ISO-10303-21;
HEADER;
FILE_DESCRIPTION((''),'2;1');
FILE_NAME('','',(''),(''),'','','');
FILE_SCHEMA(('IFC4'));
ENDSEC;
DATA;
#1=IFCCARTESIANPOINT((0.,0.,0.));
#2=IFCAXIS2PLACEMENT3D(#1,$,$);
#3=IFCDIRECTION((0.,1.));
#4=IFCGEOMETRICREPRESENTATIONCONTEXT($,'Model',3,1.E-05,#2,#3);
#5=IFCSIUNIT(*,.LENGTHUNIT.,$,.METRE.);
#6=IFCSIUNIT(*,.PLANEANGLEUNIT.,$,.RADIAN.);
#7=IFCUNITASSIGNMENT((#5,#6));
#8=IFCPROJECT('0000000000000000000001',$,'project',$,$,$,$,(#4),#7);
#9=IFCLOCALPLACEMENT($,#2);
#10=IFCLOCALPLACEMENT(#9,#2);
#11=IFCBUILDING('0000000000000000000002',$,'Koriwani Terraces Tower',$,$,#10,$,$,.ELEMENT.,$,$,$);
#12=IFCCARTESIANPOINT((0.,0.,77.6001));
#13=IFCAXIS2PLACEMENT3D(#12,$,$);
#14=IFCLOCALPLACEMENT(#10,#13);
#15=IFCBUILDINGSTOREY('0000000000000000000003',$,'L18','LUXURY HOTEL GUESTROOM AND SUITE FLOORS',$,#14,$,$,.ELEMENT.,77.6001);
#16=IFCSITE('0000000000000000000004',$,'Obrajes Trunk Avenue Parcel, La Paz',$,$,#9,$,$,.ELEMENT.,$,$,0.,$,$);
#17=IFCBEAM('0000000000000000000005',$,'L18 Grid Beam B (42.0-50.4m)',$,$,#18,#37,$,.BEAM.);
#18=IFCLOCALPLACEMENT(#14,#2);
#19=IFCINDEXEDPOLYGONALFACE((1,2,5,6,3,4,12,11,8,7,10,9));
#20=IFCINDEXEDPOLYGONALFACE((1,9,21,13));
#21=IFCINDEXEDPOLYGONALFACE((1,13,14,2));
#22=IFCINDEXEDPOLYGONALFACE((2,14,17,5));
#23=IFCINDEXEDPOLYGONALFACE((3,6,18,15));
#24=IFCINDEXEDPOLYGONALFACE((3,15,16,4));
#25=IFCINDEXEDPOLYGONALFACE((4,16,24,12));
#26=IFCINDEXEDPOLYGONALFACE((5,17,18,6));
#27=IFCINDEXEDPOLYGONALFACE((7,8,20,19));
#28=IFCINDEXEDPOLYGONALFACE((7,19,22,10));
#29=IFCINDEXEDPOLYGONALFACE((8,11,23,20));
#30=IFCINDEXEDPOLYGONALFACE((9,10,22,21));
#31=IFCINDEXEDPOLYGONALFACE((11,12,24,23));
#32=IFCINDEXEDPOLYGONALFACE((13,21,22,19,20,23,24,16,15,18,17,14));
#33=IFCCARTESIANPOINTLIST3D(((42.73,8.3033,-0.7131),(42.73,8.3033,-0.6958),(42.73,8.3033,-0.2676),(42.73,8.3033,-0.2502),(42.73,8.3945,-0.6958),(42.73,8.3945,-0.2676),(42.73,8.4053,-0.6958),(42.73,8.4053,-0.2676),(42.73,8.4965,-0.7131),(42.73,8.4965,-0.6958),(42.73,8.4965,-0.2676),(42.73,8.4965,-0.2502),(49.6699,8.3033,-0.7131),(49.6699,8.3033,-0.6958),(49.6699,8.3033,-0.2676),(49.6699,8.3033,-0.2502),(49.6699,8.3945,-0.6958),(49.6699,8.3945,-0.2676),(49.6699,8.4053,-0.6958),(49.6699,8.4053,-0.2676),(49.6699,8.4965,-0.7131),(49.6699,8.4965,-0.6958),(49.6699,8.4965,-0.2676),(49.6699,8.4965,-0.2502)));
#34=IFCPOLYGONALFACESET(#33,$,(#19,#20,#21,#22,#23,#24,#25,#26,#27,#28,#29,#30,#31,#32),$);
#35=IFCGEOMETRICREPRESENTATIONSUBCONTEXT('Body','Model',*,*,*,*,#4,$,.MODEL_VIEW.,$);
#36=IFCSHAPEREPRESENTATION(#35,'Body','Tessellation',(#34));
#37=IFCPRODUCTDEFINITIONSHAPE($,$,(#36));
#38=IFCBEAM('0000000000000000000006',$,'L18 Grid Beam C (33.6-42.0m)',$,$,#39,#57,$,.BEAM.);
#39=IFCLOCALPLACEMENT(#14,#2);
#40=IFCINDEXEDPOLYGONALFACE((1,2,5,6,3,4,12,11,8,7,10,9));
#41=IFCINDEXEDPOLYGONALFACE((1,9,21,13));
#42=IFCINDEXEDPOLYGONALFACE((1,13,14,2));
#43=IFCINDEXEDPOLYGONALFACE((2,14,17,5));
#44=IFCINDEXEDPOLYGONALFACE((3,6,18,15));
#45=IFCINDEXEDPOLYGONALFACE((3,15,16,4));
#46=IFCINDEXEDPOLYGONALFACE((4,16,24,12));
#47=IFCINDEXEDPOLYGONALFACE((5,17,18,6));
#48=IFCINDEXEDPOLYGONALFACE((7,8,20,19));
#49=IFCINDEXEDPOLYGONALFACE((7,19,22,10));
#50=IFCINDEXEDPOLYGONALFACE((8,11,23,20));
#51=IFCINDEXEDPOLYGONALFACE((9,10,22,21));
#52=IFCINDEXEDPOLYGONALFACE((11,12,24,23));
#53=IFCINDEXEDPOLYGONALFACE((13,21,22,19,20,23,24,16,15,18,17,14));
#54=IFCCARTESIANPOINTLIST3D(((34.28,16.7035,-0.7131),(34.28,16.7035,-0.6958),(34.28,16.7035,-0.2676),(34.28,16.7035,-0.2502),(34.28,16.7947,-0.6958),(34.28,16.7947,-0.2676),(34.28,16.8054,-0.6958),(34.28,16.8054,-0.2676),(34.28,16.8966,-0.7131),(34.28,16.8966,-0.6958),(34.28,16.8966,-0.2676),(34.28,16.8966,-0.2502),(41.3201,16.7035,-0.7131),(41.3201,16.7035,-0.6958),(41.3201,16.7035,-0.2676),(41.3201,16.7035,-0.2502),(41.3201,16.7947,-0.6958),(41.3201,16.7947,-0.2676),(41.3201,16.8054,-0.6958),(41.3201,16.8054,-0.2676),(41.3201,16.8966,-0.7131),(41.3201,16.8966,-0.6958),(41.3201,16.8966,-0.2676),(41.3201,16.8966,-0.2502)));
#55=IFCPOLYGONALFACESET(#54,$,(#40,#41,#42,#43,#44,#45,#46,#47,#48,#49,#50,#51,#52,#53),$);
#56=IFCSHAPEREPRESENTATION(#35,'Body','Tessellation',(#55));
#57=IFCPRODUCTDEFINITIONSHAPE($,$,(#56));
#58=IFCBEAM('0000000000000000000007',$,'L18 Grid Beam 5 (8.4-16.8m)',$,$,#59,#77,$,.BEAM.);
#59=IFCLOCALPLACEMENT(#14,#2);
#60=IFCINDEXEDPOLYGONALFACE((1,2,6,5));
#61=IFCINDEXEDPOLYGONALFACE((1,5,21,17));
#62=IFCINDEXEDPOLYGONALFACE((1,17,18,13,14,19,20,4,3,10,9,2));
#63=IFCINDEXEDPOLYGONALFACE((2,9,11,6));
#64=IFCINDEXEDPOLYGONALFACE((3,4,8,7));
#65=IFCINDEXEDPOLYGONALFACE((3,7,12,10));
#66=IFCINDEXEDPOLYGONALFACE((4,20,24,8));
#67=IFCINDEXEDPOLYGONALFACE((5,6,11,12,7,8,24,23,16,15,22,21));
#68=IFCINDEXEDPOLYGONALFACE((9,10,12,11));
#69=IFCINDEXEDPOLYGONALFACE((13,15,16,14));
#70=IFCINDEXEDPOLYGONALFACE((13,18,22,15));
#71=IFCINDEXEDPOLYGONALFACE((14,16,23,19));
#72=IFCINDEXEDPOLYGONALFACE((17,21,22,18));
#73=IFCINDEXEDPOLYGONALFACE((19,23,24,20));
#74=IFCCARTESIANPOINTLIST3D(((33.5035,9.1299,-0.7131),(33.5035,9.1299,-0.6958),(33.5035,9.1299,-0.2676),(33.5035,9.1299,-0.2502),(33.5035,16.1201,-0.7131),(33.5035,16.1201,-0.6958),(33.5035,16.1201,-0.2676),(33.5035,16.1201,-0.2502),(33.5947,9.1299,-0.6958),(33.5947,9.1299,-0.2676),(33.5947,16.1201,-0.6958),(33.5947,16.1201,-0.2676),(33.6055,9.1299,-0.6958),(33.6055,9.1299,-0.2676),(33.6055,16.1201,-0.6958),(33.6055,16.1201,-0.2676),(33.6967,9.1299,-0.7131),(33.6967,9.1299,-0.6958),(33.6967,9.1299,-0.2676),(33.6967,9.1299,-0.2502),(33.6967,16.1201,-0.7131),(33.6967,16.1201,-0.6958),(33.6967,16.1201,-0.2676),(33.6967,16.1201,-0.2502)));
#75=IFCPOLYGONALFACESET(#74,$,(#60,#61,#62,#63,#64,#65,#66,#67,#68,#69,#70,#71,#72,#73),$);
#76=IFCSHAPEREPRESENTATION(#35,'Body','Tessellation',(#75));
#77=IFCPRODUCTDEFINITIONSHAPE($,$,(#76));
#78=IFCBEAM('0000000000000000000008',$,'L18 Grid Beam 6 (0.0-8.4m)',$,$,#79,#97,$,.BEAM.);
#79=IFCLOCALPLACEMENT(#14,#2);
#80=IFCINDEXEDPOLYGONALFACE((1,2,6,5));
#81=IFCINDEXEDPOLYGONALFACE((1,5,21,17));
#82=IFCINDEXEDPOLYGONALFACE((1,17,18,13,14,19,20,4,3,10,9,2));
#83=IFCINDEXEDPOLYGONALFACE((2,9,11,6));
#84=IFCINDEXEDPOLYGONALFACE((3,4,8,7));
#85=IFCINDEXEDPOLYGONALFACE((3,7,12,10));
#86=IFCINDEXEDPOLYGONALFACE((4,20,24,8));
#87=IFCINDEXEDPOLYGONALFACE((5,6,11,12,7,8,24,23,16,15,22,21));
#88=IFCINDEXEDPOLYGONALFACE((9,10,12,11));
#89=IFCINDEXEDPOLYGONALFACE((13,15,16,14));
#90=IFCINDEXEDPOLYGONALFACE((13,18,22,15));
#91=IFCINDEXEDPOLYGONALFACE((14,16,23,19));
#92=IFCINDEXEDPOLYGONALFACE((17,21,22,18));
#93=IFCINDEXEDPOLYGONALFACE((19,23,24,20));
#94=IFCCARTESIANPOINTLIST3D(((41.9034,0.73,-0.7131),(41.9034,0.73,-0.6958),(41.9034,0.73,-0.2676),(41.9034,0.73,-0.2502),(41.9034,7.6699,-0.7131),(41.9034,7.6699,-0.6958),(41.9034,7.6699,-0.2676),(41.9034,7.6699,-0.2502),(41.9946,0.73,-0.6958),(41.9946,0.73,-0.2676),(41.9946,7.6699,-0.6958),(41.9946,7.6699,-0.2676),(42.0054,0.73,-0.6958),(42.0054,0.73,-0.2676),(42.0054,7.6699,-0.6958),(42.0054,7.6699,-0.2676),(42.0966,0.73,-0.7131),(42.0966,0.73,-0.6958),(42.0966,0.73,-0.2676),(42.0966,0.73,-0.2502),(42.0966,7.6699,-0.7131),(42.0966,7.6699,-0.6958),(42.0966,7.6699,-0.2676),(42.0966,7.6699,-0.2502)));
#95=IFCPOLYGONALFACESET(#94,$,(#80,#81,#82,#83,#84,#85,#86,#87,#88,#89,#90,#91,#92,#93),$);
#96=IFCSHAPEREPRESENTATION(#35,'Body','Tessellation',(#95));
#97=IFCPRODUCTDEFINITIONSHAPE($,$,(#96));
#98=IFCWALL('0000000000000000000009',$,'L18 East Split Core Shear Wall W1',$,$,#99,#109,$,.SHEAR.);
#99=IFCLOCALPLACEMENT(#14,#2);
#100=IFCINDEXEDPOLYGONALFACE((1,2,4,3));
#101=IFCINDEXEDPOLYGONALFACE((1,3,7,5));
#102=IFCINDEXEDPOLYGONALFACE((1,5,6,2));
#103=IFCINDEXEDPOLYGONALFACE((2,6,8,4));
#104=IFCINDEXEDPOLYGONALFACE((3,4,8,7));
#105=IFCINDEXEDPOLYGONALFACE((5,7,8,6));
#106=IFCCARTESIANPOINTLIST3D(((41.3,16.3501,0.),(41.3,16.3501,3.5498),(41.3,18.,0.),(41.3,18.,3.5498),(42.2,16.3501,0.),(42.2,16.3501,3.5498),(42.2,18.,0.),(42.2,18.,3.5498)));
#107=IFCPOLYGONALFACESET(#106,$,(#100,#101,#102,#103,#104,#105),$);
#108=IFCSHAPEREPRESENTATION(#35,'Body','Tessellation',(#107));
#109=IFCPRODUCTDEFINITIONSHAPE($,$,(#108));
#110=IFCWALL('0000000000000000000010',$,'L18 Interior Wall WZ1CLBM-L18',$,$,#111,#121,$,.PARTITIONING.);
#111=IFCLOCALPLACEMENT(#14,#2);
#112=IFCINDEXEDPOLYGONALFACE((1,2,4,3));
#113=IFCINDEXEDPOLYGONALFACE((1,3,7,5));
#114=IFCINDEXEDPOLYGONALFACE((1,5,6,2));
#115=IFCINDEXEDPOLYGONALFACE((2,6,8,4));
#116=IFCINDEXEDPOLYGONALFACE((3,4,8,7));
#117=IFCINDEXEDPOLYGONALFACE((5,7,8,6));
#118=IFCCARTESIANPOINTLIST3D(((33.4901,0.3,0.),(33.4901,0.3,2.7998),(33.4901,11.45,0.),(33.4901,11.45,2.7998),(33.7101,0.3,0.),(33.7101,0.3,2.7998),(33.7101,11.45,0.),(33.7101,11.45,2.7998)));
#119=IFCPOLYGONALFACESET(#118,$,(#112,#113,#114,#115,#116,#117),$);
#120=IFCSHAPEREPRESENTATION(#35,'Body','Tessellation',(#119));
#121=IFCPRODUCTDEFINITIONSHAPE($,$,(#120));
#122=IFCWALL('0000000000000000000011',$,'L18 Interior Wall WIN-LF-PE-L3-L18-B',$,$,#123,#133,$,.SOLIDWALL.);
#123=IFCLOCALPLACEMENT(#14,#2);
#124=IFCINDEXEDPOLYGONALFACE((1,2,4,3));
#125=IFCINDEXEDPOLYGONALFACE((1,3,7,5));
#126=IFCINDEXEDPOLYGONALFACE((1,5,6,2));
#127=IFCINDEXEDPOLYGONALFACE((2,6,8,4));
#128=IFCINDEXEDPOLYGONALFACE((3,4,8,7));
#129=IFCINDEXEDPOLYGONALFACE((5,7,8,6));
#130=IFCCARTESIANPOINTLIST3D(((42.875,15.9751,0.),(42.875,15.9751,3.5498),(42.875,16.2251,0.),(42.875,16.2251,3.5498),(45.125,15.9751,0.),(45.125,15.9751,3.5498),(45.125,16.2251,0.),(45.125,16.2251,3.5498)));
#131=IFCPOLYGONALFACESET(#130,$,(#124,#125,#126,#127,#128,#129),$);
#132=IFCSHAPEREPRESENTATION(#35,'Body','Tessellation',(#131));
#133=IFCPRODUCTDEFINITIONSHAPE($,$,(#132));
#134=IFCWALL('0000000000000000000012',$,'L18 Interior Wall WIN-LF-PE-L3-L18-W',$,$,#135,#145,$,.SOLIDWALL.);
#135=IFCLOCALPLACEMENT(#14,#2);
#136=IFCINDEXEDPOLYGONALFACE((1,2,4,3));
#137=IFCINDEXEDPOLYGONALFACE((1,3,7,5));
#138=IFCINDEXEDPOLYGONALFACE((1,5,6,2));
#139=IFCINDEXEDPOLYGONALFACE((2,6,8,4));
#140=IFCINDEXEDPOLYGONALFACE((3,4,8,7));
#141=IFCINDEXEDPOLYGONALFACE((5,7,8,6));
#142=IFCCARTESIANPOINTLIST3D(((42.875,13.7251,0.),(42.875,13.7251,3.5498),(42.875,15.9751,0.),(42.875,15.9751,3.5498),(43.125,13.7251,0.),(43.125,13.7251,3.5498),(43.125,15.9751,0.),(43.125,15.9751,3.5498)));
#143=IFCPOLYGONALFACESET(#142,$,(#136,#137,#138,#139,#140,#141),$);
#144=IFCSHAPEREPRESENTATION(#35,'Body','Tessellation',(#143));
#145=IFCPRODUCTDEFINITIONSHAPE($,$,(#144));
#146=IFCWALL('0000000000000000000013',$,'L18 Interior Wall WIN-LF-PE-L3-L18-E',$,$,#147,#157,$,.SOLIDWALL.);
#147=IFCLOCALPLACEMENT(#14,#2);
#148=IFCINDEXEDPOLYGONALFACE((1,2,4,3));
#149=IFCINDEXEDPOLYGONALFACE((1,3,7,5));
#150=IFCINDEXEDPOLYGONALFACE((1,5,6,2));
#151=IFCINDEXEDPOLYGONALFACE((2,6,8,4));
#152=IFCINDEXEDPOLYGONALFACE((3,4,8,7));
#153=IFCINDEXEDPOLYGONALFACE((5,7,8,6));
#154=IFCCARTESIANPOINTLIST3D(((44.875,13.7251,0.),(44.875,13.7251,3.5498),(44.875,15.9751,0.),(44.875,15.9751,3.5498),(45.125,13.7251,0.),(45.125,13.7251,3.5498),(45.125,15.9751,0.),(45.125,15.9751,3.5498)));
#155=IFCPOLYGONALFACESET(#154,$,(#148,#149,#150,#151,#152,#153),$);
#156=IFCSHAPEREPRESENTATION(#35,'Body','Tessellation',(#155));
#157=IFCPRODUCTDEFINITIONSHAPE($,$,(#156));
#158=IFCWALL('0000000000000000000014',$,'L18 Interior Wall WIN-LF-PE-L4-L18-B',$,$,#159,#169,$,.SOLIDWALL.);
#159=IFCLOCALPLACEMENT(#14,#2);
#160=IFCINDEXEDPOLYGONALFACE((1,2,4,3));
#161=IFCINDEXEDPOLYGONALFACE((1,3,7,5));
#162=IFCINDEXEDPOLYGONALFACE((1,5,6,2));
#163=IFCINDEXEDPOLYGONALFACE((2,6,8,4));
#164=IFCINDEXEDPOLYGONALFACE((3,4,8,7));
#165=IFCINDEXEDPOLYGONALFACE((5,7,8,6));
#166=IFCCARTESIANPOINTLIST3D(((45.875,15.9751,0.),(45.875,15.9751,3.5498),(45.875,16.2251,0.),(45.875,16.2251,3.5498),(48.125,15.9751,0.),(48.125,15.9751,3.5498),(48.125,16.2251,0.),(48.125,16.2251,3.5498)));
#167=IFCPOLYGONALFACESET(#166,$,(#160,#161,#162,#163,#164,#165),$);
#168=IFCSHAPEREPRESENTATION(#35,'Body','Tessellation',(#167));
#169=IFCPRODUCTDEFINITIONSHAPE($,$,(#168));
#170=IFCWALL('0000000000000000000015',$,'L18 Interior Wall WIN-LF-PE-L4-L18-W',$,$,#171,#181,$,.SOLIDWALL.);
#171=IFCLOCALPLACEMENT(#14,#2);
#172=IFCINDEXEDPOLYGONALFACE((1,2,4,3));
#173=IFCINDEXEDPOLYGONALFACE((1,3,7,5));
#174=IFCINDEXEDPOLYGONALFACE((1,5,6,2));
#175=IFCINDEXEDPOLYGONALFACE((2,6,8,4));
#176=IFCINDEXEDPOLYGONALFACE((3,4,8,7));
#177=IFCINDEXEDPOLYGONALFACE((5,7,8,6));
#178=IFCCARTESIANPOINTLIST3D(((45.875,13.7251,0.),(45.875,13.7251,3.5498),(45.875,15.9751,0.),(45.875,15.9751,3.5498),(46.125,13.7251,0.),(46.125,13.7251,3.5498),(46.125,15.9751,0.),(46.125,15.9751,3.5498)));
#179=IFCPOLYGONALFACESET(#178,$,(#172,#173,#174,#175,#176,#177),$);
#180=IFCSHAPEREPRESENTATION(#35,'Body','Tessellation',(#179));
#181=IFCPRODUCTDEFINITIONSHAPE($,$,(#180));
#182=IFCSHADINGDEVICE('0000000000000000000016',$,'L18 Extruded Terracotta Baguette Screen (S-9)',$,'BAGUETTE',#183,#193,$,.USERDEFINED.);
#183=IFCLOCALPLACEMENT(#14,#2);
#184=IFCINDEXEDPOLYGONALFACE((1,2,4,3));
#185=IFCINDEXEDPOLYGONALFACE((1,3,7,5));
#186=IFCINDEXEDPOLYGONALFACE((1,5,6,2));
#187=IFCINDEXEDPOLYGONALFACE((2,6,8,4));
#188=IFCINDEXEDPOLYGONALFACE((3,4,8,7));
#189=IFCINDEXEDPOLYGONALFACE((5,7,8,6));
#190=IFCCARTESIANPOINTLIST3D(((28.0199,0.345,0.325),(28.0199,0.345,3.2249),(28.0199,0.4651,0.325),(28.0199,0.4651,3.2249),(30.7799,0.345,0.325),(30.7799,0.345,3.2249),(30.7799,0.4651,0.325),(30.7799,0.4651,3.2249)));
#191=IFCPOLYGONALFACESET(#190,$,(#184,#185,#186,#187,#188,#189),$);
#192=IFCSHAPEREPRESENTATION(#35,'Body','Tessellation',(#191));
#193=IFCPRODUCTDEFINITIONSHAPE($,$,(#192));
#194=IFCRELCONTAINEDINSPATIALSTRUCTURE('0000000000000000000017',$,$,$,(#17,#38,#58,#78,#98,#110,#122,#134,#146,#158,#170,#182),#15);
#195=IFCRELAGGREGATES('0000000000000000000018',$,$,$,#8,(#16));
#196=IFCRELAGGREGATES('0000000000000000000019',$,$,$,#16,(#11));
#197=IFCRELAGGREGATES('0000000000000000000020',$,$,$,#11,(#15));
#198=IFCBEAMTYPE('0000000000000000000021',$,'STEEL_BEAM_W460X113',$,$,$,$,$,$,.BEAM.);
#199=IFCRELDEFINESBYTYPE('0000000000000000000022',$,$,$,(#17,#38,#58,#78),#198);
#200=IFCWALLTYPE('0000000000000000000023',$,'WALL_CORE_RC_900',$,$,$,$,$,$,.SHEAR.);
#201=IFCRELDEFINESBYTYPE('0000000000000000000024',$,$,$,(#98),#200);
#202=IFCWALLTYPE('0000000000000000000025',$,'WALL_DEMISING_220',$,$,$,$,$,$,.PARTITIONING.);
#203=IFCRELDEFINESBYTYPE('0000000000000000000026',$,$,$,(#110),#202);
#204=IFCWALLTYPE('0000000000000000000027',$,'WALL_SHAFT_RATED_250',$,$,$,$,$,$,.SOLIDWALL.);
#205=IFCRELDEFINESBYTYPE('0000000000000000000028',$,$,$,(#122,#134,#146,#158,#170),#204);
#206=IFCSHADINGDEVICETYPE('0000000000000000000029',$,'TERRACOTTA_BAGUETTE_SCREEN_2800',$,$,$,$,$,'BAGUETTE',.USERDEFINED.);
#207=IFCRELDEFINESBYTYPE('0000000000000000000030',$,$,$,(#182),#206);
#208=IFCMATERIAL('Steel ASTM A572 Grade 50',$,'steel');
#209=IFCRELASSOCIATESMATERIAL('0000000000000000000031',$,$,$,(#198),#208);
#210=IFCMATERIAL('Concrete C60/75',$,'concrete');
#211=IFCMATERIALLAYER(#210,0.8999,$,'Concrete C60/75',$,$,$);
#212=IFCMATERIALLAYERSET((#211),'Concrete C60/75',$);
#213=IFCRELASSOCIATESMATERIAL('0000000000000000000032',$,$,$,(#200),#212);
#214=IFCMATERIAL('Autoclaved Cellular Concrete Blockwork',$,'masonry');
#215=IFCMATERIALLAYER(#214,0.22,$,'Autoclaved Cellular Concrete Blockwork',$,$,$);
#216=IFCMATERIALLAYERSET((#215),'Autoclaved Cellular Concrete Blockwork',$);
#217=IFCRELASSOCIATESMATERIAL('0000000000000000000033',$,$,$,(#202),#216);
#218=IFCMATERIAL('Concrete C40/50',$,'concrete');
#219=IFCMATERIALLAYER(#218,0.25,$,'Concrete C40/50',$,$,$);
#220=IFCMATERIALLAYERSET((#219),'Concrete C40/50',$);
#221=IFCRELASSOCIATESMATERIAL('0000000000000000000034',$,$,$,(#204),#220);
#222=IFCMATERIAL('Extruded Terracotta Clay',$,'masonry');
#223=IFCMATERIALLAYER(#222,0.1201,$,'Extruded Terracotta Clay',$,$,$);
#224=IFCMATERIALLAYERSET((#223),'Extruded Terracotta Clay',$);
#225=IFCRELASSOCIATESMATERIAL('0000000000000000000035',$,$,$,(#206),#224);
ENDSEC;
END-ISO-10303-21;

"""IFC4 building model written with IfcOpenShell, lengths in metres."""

from ifc_helpers import new_model, si_unit, direction, frame, frame_2d, origin, origin_2d, place, context, subcontext, project, spatial, rectangle, i_section, extrude, material, layer, layer_set, material_profile, profile_set, type_object, element, save


model = new_model("IFC4")

# Units and contexts
model_context = context("Model", 3, precision=1e-05, world=origin(), true_north=direction((0.0, 1.0)))
body_context = subcontext(model_context, "Body", "Model", "MODEL_VIEW")
ifc_project = project(units=[si_unit("LENGTHUNIT", "METRE"), si_unit("PLANEANGLEUNIT", "RADIAN")], contexts=[model_context])

# Site, building, storey
site_placement = place(None, origin())
site = spatial("IfcSite", under=ifc_project, at=site_placement, Name="Obrajes Trunk Avenue Parcel, La Paz", CompositionType="ELEMENT", RefElevation=0.0)
building_placement = place(site_placement, origin())
building = spatial("IfcBuilding", under=site, at=building_placement, Name="Koriwani Terraces Tower", CompositionType="ELEMENT")
storey_placement = place(building_placement, frame((0.0, 0.0, 77.6001)))
storey = spatial("IfcBuildingStorey", under=building, at=storey_placement, Name="L18", Description="LUXURY HOTEL GUESTROOM AND SUITE FLOORS", CompositionType="ELEMENT", Elevation=77.6001)

# Shared definitions
ifc_material_1 = material(Name="Concrete C60/75", Category="concrete")

# Beams
ifc_material_2 = material(Name="Concrete C40/50", Category="concrete")
ifc_material_3 = material(Name="Steel ASTM A572 Grade 50", Category="steel")
ifc_material_profile_1 = material_profile(ifc_material_3, i_section(OverallWidth=0.1931, OverallDepth=0.4629, WebThickness=0.0107, FlangeThickness=0.0173, at=origin_2d()), Name="Steel ASTM A572 Grade 50", Category="LoadBearing")
ifc_profile_set_1 = profile_set([ifc_material_profile_1], Name="Steel ASTM A572 Grade 50")
beam_type_1 = type_object("IfcBeamType", Name="STEEL_BEAM_W460X113", PredefinedType="BEAM", material=ifc_profile_set_1)
beam_1_placement = place(storey_placement, frame((42.73, 8.3999, -0.4817), z_axis=(1.0, 0.0, 0.0), x_axis=(0.0, 1.0, 0.0)))
element("IfcBeam", 1, at=beam_1_placement, inside=storey, type_object=beam_type_1, Name="L18 Grid Beam B (42.0-50.4m)", PredefinedType="BEAM", context=body_context, shape_type="SweptSolid", body=[
    extrude(i_section(OverallWidth=0.1931, OverallDepth=0.4629, WebThickness=0.0107, FlangeThickness=0.0173, at=origin_2d()), origin(), (0.0, 0.0, 1.0), 6.9399),
])
beam_2_placement = place(storey_placement, frame((34.28, 16.8, -0.4817), z_axis=(1.0, 0.0, 0.0), x_axis=(0.0, 1.0, 0.0)))
element("IfcBeam", 2, at=beam_2_placement, inside=storey, type_object=beam_type_1, Name="L18 Grid Beam C (33.6-42.0m)", PredefinedType="BEAM", context=body_context, shape_type="SweptSolid", body=[
    extrude(i_section(OverallWidth=0.1931, OverallDepth=0.4629, WebThickness=0.0107, FlangeThickness=0.0173, at=origin_2d()), origin(), (0.0, 0.0, 1.0), 7.04),
])
beam_3_placement = place(storey_placement, frame((33.6001, 9.1299, -0.4817), z_axis=(0.0, 1.0, 0.0), x_axis=(-1.0, 0.0, 0.0)))
element("IfcBeam", 3, at=beam_3_placement, inside=storey, type_object=beam_type_1, Name="L18 Grid Beam 5 (8.4-16.8m)", PredefinedType="BEAM", context=body_context, shape_type="SweptSolid", body=[
    extrude(i_section(OverallWidth=0.1931, OverallDepth=0.4629, WebThickness=0.0107, FlangeThickness=0.0173, at=origin_2d()), origin(), (0.0, 0.0, 1.0), 6.9902),
])
beam_4_placement = place(storey_placement, frame((42.0, 0.73, -0.4817), z_axis=(0.0, 1.0, 0.0), x_axis=(-1.0, 0.0, 0.0)))
element("IfcBeam", 4, at=beam_4_placement, inside=storey, type_object=beam_type_1, Name="L18 Grid Beam 6 (0.0-8.4m)", PredefinedType="BEAM", context=body_context, shape_type="SweptSolid", body=[
    extrude(i_section(OverallWidth=0.1931, OverallDepth=0.4629, WebThickness=0.0107, FlangeThickness=0.0173, at=origin_2d()), origin(), (0.0, 0.0, 1.0), 6.9399),
])

# Walls
ifc_layer_1 = layer(ifc_material_1, 0.8999, Name="Concrete C60/75")
ifc_layer_set_1 = layer_set([ifc_layer_1], Name="Concrete C60/75")
wall_type_1 = type_object("IfcWallType", Name="WALL_CORE_RC_900", PredefinedType="SHEAR", material=ifc_layer_set_1)
wall_1_placement = place(storey_placement, frame((41.75, 16.3501, 0.0), z_axis=(0.0, 0.0, 1.0), x_axis=(0.0, 1.0, 0.0)))
element("IfcWall", 5, at=wall_1_placement, inside=storey, type_object=wall_type_1, Name="L18 East Split Core Shear Wall W1", PredefinedType="SHEAR", context=body_context, shape_type="SweptSolid", body=[
    extrude(rectangle(XDim=1.6499, YDim=0.8999, at=frame_2d((0.825, 0.0))), origin(), (0.0, 0.0, 1.0), 3.5498),
])
ifc_material_4 = material(Name="Autoclaved Cellular Concrete Blockwork", Category="masonry")
ifc_layer_2 = layer(ifc_material_4, 0.22, Name="Autoclaved Cellular Concrete Blockwork")
ifc_layer_set_2 = layer_set([ifc_layer_2], Name="Autoclaved Cellular Concrete Blockwork")
wall_type_2 = type_object("IfcWallType", Name="WALL_DEMISING_220", PredefinedType="PARTITIONING", material=ifc_layer_set_2)
wall_2_placement = place(storey_placement, frame((33.6001, 0.3, 0.0), z_axis=(0.0, 0.0, 1.0), x_axis=(0.0, 1.0, 0.0)))
element("IfcWall", 6, at=wall_2_placement, inside=storey, type_object=wall_type_2, Name="L18 Interior Wall WZ1CLBM-L18", PredefinedType="PARTITIONING", context=body_context, shape_type="SweptSolid", body=[
    extrude(rectangle(XDim=11.1499, YDim=0.22, at=frame_2d((5.575, 0.0))), origin(), (0.0, 0.0, 1.0), 2.7998),
])

# Shared definitions
ifc_layer_3 = layer(ifc_material_2, 0.25, Name="Concrete C40/50")
ifc_layer_set_3 = layer_set([ifc_layer_3], Name="Concrete C40/50")
wall_type_3 = type_object("IfcWallType", Name="WALL_SHAFT_RATED_250", PredefinedType="SOLIDWALL", material=ifc_layer_set_3)

# Walls
for number, where, z_axis, x_axis, name in (
    (7, (42.875, 16.1001, 0.0), (0.0, 0.0, 1.0), (1.0, 0.0, 0.0), "L18 Interior Wall WIN-LF-PE-L3-L18-B"),
    (8, (43.0, 13.7251, 0.0), (0.0, 0.0, 1.0), (0.0, 1.0, 0.0), "L18 Interior Wall WIN-LF-PE-L3-L18-W"),
    (9, (45.0, 13.7251, 0.0), (0.0, 0.0, 1.0), (0.0, 1.0, 0.0), "L18 Interior Wall WIN-LF-PE-L3-L18-E"),
):
    element("IfcWall", number, at=place(storey_placement, frame(where, z_axis=z_axis, x_axis=x_axis)), inside=storey, type_object=wall_type_3, Name=name, PredefinedType="SOLIDWALL", context=body_context, shape_type="SweptSolid", body=[
        extrude(rectangle(XDim=2.25, YDim=0.25, at=frame_2d((1.125, 0.0))), origin(), (0.0, 0.0, 1.0), 3.5498),
    ])

# Walls
for number, where, z_axis, x_axis, name in (
    (10, (45.875, 16.1001, 0.0), (0.0, 0.0, 1.0), (1.0, 0.0, 0.0), "L18 Interior Wall WIN-LF-PE-L4-L18-B"),
    (11, (46.0, 13.7251, 0.0), (0.0, 0.0, 1.0), (0.0, 1.0, 0.0), "L18 Interior Wall WIN-LF-PE-L4-L18-W"),
):
    element("IfcWall", number, at=place(storey_placement, frame(where, z_axis=z_axis, x_axis=x_axis)), inside=storey, type_object=wall_type_3, Name=name, PredefinedType="SOLIDWALL", context=body_context, shape_type="SweptSolid", body=[
        extrude(rectangle(XDim=2.25, YDim=0.25, at=frame_2d((1.125, 0.0))), origin(), (0.0, 0.0, 1.0), 3.5498),
    ])

# Shading device
ifc_material_5 = material(Name="Extruded Terracotta Clay", Category="masonry")
ifc_layer_4 = layer(ifc_material_5, 0.1201, Name="Extruded Terracotta Clay")
ifc_layer_set_4 = layer_set([ifc_layer_4], Name="Extruded Terracotta Clay")
shading_device_type = type_object("IfcShadingDeviceType", Name="TERRACOTTA_BAGUETTE_SCREEN_2800", ElementType="BAGUETTE", PredefinedType="USERDEFINED", material=ifc_layer_set_4)
for number, where, z_axis, x_axis, name in (
    (12, (29.3999, 0.405, 0.325), (0.0, 0.0, 1.0), (-1.0, 0.0, 0.0), "L18 Extruded Terracotta Baguette Screen (S-9)"),
):
    element("IfcShadingDevice", number, at=place(storey_placement, frame(where, z_axis=z_axis, x_axis=x_axis)), inside=storey, type_object=shading_device_type, Name=name, ObjectType="BAGUETTE", PredefinedType="USERDEFINED", context=body_context, shape_type="SweptSolid", body=[
        extrude(rectangle(XDim=2.76, YDim=0.1201, at=origin_2d()), origin(), (0.0, 0.0, 1.0), 2.8999),
    ])

save(model, "model.ifc")
